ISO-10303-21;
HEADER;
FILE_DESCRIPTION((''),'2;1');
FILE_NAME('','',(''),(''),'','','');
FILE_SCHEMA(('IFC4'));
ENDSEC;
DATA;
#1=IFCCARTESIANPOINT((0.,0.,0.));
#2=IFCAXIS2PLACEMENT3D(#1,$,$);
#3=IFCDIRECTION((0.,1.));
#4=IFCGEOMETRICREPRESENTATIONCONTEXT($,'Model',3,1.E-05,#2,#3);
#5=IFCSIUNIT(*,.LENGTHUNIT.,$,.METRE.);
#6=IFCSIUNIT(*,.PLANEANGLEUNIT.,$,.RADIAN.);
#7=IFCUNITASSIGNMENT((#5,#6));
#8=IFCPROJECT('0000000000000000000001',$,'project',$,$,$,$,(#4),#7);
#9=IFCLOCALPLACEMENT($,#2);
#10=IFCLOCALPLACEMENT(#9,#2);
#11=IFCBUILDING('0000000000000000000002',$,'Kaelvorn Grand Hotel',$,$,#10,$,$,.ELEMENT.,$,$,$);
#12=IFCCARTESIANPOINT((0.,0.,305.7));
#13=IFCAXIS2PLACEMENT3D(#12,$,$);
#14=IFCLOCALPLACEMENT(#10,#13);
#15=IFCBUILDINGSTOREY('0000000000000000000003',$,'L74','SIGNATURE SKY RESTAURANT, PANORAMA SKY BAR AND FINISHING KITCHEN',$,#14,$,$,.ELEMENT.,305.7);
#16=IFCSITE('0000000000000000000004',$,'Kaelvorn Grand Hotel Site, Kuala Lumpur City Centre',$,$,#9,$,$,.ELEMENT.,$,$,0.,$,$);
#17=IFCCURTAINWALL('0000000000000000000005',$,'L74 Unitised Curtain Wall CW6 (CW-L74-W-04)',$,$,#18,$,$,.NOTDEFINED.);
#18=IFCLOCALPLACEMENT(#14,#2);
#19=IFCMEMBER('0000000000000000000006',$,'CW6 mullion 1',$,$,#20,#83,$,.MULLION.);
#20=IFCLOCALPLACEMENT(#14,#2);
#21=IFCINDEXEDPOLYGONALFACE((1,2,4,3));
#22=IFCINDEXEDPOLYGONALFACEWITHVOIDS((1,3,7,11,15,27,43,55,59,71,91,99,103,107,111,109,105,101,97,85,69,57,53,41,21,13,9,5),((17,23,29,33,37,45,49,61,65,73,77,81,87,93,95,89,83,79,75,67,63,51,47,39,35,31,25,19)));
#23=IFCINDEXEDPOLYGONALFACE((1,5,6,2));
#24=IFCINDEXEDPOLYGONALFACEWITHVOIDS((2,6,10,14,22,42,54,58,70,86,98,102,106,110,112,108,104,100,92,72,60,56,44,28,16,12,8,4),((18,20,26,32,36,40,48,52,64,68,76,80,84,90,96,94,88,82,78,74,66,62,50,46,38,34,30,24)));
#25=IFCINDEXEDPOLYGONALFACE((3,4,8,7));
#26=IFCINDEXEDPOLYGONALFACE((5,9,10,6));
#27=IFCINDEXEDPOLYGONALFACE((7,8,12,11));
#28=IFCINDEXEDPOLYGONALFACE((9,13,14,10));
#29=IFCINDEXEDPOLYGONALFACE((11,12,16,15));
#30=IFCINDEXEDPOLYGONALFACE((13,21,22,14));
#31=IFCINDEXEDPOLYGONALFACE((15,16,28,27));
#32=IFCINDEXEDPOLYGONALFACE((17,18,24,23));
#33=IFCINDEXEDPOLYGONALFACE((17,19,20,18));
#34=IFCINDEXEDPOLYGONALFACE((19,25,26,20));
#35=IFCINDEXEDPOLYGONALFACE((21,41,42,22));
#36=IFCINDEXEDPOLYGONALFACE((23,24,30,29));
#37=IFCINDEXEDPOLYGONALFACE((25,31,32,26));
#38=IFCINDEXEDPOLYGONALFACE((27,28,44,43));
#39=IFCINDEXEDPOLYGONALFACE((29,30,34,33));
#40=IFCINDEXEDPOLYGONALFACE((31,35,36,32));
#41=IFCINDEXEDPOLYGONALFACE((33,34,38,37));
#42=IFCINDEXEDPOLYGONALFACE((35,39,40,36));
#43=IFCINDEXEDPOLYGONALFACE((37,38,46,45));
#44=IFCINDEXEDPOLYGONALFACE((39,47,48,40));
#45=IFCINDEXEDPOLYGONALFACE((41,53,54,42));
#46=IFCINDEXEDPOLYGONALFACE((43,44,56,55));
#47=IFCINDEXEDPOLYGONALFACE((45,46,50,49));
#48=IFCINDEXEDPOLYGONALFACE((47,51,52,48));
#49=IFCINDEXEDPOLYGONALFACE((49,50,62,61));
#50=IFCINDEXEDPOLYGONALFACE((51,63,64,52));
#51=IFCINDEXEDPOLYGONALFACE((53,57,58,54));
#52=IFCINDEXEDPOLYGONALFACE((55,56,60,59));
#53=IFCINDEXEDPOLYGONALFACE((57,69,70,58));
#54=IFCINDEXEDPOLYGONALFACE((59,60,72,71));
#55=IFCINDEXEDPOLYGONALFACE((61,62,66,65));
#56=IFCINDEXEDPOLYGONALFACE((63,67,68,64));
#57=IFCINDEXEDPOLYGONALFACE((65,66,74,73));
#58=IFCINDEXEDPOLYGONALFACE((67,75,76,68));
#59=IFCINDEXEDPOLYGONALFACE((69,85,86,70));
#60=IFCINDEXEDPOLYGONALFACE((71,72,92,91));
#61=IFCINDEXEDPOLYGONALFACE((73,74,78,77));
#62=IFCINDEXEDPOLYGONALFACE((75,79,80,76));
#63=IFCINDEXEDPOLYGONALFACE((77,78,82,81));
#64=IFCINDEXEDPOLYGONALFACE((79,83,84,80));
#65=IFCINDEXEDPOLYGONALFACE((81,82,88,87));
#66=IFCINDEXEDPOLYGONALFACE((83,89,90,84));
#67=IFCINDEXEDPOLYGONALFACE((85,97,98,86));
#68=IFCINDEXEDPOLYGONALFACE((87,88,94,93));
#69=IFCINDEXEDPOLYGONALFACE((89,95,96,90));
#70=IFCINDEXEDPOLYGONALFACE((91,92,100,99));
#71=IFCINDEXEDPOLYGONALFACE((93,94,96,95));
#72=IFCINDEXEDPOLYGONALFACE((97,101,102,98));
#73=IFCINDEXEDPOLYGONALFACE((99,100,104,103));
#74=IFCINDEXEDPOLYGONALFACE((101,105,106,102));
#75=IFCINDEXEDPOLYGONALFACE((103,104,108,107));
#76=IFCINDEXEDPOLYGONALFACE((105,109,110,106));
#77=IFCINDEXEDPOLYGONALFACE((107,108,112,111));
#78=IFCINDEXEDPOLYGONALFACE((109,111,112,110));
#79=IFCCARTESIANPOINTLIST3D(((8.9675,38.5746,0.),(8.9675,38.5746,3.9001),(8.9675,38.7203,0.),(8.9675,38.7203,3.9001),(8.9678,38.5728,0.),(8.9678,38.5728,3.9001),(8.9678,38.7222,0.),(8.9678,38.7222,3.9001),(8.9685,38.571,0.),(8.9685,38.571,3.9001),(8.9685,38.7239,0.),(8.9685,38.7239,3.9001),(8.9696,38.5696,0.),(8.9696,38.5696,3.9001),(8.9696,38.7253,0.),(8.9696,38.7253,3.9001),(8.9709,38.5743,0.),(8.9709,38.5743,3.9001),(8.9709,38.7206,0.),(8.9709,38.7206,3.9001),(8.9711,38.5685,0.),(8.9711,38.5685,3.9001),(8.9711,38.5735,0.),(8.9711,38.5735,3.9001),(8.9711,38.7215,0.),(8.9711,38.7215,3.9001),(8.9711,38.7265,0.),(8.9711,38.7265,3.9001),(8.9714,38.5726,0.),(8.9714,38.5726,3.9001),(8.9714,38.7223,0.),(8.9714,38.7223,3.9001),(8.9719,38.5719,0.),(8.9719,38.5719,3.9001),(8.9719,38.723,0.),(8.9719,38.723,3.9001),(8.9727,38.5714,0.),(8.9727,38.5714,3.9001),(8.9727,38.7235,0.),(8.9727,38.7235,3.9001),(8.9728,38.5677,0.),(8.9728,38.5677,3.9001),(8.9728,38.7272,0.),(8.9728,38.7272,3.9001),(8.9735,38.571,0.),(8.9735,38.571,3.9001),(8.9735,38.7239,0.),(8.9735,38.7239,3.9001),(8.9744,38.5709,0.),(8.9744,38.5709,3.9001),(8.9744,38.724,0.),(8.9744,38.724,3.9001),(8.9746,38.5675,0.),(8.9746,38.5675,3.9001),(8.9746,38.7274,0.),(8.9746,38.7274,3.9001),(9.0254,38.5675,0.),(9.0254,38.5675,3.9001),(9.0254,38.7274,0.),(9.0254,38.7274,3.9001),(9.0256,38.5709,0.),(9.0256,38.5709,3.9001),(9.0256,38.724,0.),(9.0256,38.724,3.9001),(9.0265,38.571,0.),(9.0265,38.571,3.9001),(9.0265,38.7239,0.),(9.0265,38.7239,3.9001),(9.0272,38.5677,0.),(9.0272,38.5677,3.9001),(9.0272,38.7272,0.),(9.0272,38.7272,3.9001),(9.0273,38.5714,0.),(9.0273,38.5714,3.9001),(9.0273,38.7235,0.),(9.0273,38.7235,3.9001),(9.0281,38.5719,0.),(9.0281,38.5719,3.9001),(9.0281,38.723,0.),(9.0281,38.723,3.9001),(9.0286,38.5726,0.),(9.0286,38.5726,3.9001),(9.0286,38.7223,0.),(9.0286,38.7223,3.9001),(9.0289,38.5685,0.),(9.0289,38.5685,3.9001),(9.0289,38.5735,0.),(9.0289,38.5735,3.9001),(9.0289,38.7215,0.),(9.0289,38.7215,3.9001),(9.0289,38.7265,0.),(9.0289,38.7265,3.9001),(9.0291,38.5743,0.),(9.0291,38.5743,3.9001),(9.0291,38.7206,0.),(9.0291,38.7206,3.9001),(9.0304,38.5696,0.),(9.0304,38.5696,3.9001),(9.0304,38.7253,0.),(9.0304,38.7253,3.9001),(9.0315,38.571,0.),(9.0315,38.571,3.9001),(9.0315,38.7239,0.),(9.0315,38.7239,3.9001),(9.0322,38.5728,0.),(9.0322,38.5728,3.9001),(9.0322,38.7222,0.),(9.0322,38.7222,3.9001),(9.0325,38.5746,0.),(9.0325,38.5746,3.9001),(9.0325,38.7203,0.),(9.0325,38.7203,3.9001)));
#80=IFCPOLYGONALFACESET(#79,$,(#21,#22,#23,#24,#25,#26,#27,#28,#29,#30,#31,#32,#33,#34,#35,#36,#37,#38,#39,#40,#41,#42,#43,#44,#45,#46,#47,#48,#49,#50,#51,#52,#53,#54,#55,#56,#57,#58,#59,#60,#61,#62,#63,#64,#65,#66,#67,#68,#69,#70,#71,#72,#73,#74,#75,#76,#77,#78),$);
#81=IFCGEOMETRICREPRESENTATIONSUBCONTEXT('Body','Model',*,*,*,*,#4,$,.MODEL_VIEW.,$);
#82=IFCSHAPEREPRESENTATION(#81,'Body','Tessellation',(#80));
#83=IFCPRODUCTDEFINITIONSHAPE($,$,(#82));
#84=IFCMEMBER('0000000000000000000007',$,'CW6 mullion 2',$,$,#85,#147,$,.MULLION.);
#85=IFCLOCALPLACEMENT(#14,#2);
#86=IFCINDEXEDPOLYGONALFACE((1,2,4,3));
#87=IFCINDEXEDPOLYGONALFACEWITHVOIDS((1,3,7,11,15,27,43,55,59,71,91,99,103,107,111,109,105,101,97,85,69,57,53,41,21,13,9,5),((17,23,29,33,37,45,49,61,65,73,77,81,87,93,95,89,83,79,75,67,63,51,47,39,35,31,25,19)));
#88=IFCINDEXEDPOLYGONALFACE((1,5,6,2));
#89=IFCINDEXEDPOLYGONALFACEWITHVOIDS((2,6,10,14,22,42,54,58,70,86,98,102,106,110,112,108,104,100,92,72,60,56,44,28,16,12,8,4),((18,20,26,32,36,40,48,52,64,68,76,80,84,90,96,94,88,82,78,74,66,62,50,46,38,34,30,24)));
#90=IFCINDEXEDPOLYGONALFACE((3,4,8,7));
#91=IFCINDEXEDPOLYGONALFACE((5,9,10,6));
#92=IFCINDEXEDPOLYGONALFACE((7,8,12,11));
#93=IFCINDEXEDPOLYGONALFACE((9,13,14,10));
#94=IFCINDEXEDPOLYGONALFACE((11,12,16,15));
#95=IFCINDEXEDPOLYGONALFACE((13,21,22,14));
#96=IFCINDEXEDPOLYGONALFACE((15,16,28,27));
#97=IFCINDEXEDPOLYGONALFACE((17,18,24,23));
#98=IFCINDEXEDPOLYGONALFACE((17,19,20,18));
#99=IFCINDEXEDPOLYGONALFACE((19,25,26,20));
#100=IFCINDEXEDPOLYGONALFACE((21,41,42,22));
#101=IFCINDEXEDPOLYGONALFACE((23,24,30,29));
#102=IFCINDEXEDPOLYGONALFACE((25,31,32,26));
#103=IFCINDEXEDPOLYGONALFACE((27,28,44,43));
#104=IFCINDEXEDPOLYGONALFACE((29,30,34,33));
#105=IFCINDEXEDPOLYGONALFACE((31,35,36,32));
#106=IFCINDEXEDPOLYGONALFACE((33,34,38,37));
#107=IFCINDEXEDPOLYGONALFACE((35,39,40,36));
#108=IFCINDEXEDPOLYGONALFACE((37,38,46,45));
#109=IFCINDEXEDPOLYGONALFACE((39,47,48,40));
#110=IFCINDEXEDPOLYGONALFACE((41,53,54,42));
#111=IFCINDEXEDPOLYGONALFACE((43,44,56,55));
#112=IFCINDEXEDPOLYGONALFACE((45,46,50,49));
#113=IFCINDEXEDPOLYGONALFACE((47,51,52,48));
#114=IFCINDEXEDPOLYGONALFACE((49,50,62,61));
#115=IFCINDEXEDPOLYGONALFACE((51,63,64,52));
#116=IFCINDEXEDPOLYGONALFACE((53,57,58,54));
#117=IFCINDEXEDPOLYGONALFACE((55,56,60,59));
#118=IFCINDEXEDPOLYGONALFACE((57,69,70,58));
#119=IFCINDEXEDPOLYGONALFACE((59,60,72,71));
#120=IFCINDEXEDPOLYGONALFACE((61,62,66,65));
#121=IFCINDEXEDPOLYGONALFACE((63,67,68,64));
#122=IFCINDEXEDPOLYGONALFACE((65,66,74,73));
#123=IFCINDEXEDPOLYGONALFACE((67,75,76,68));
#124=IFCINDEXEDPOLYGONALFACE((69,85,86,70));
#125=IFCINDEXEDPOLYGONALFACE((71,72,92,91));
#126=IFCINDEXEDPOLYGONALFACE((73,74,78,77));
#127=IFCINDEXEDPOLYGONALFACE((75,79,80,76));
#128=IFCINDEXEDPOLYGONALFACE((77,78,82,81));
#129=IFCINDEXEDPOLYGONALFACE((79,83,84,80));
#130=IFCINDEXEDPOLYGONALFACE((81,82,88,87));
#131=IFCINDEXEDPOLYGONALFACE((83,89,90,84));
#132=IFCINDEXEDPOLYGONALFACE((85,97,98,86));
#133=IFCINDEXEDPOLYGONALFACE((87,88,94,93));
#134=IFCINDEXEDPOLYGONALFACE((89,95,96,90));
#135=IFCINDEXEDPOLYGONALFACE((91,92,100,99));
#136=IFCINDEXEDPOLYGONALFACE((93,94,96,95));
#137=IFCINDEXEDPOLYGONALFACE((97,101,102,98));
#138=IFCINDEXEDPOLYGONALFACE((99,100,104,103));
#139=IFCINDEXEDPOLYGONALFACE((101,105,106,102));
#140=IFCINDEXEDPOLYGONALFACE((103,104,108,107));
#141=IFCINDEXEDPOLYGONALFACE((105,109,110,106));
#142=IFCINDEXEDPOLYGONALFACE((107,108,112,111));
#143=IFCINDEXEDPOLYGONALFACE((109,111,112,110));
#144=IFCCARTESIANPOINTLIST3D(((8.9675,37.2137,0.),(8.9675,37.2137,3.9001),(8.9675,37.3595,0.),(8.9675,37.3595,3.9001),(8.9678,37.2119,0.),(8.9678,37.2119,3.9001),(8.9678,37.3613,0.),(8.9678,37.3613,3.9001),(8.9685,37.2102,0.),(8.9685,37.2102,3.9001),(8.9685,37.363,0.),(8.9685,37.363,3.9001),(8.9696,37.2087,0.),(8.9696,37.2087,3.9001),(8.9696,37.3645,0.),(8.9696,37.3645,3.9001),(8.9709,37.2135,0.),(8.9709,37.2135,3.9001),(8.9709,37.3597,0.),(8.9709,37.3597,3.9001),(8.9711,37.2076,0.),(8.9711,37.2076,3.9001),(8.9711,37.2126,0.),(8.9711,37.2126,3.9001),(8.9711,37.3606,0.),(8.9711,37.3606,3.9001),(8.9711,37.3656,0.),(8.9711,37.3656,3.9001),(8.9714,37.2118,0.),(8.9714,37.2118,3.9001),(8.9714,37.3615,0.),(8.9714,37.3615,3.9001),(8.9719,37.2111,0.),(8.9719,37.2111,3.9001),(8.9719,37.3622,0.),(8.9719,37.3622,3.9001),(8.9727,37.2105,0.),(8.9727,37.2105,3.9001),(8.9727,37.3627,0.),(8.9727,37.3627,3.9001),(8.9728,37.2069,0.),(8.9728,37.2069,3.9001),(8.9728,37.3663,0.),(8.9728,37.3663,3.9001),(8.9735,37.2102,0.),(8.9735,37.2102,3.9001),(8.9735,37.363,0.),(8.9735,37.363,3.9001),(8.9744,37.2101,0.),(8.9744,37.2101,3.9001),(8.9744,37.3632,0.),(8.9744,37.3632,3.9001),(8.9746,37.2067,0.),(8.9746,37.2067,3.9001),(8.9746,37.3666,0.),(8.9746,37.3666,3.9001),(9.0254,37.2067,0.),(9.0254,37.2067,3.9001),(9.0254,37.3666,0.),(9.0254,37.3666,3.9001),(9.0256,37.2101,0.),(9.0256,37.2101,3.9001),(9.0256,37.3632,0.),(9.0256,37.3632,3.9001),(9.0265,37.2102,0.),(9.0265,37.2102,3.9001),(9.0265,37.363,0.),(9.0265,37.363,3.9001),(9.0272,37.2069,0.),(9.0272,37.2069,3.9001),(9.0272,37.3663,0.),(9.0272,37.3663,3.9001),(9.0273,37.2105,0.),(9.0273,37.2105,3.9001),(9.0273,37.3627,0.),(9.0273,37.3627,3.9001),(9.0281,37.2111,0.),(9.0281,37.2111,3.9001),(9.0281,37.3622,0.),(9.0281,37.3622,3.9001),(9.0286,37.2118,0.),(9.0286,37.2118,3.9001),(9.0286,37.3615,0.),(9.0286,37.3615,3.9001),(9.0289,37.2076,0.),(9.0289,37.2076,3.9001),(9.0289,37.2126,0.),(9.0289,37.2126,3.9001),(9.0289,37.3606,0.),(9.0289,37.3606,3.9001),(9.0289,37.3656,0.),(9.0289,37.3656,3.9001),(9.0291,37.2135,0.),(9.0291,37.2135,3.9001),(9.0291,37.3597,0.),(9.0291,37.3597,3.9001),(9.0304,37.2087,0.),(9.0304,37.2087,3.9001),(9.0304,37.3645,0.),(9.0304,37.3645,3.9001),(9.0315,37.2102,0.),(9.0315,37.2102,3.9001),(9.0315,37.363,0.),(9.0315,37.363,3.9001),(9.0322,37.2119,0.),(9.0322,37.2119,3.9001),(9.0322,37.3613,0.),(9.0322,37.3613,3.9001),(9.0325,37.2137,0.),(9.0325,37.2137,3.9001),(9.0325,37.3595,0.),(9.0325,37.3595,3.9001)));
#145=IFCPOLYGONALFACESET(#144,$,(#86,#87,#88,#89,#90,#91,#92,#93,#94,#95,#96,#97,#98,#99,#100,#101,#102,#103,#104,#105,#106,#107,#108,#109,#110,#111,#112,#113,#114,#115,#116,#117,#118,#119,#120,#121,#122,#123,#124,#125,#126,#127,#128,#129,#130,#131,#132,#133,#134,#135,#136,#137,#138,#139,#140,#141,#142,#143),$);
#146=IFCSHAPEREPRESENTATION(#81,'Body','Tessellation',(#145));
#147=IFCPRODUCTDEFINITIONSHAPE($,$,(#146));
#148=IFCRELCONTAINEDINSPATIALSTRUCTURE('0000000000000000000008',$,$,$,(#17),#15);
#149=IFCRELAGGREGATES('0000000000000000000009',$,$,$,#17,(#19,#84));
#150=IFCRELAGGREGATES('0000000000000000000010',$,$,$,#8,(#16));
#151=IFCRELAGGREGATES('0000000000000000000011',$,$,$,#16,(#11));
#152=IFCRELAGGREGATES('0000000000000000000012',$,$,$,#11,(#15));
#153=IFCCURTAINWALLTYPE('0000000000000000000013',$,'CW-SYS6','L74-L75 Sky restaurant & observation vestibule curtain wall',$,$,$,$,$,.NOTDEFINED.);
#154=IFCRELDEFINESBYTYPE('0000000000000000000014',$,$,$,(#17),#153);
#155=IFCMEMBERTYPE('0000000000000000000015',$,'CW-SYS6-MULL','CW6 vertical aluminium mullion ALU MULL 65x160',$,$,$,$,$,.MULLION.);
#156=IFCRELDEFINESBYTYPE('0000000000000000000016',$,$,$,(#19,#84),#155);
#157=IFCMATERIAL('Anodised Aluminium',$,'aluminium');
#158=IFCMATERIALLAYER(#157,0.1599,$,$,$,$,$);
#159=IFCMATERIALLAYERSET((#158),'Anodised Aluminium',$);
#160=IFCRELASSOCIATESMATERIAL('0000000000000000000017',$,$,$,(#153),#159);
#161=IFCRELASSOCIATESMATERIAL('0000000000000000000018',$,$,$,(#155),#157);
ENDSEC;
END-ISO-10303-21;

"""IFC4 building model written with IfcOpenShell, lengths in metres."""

from ifc_helpers import new_model, si_unit, direction, frame, origin, origin_2d, place, context, subcontext, project, spatial, hollow_rectangle, extrude, material, layer, layer_set, material_profile, profile_set, type_object, element, aggregate, save


model = new_model("IFC4")

# Units and contexts
model_context = context("Model", 3, precision=1e-05, world=origin(), true_north=direction((0.0, 1.0)))
body_context = subcontext(model_context, "Body", "Model", "MODEL_VIEW")
ifc_project = project(units=[si_unit("LENGTHUNIT", "METRE"), si_unit("PLANEANGLEUNIT", "RADIAN")], contexts=[model_context])

# Site, building, storey
site_placement = place(None, origin())
site = spatial("IfcSite", under=ifc_project, at=site_placement, Name="Kaelvorn Grand Hotel Site, Kuala Lumpur City Centre", CompositionType="ELEMENT", RefElevation=0.0)
building_placement = place(site_placement, origin())
building = spatial("IfcBuilding", under=site, at=building_placement, Name="Kaelvorn Grand Hotel", CompositionType="ELEMENT")
storey_placement = place(building_placement, frame((0.0, 0.0, 305.7)))
storey = spatial("IfcBuildingStorey", under=building, at=storey_placement, Name="L74", Description="SIGNATURE SKY RESTAURANT, PANORAMA SKY BAR AND FINISHING KITCHEN", CompositionType="ELEMENT", Elevation=305.7)

# Shared definitions
ifc_material_1 = material(Name="Anodised Aluminium", Category="aluminium")
ifc_layer_1 = layer(ifc_material_1, 0.1599)
ifc_layer_set_1 = layer_set([ifc_layer_1], Name="Anodised Aluminium")
curtain_wall_type = type_object("IfcCurtainWallType", Name="CW-SYS6", Description="L74-L75 Sky restaurant & observation vestibule curtain wall", PredefinedType="NOTDEFINED", material=ifc_layer_set_1)
ifc_material_profile_1 = material_profile(ifc_material_1, hollow_rectangle(XDim=0.0649, YDim=0.1599, WallThickness=0.0034, InnerFilletRadius=0.0034, OuterFilletRadius=0.0071, at=origin_2d()), Name="ALU MULL 65x160")
ifc_profile_set_1 = profile_set([ifc_material_profile_1], Name="Anodised Aluminium")
member_type_1 = type_object("IfcMemberType", Name="CW-SYS6-MULL", Description="CW6 vertical aluminium mullion ALU MULL 65x160", PredefinedType="MULLION", material=ifc_profile_set_1)

# Curtain wall, members
curtain_wall_1_placement = place(storey_placement, origin())
curtain_wall_1 = element("IfcCurtainWall", 1, at=curtain_wall_1_placement, inside=storey, type_object=curtain_wall_type, Name="L74 Unitised Curtain Wall CW6 (CW-L74-W-04)", PredefinedType="NOTDEFINED")
member_1_placement = place(storey_placement, frame((9.0, 38.6475, 0.0), z_axis=(0.0, 0.0, 1.0), x_axis=(1.0, 0.0, 0.0)))
member_1 = element("IfcMember", 2, at=member_1_placement, type_object=member_type_1, Name="CW6 mullion 1", PredefinedType="MULLION", context=body_context, shape_type="SweptSolid", body=[
    extrude(hollow_rectangle(XDim=0.0649, YDim=0.1599, WallThickness=0.0034, InnerFilletRadius=0.0034, OuterFilletRadius=0.0071, at=origin_2d()), origin(), (0.0, 0.0, 1.0), 3.9001),
])
member_2_placement = place(storey_placement, frame((9.0, 37.2866, 0.0), z_axis=(0.0, 0.0, 1.0), x_axis=(1.0, 0.0, 0.0)))
member_2 = element("IfcMember", 3, at=member_2_placement, type_object=member_type_1, Name="CW6 mullion 2", PredefinedType="MULLION", context=body_context, shape_type="SweptSolid", body=[
    extrude(hollow_rectangle(XDim=0.0649, YDim=0.1599, WallThickness=0.0034, InnerFilletRadius=0.0034, OuterFilletRadius=0.0071, at=origin_2d()), origin(), (0.0, 0.0, 1.0), 3.9001),
])

aggregate(curtain_wall_1, [member_1, member_2])

save(model, "model.ifc")
